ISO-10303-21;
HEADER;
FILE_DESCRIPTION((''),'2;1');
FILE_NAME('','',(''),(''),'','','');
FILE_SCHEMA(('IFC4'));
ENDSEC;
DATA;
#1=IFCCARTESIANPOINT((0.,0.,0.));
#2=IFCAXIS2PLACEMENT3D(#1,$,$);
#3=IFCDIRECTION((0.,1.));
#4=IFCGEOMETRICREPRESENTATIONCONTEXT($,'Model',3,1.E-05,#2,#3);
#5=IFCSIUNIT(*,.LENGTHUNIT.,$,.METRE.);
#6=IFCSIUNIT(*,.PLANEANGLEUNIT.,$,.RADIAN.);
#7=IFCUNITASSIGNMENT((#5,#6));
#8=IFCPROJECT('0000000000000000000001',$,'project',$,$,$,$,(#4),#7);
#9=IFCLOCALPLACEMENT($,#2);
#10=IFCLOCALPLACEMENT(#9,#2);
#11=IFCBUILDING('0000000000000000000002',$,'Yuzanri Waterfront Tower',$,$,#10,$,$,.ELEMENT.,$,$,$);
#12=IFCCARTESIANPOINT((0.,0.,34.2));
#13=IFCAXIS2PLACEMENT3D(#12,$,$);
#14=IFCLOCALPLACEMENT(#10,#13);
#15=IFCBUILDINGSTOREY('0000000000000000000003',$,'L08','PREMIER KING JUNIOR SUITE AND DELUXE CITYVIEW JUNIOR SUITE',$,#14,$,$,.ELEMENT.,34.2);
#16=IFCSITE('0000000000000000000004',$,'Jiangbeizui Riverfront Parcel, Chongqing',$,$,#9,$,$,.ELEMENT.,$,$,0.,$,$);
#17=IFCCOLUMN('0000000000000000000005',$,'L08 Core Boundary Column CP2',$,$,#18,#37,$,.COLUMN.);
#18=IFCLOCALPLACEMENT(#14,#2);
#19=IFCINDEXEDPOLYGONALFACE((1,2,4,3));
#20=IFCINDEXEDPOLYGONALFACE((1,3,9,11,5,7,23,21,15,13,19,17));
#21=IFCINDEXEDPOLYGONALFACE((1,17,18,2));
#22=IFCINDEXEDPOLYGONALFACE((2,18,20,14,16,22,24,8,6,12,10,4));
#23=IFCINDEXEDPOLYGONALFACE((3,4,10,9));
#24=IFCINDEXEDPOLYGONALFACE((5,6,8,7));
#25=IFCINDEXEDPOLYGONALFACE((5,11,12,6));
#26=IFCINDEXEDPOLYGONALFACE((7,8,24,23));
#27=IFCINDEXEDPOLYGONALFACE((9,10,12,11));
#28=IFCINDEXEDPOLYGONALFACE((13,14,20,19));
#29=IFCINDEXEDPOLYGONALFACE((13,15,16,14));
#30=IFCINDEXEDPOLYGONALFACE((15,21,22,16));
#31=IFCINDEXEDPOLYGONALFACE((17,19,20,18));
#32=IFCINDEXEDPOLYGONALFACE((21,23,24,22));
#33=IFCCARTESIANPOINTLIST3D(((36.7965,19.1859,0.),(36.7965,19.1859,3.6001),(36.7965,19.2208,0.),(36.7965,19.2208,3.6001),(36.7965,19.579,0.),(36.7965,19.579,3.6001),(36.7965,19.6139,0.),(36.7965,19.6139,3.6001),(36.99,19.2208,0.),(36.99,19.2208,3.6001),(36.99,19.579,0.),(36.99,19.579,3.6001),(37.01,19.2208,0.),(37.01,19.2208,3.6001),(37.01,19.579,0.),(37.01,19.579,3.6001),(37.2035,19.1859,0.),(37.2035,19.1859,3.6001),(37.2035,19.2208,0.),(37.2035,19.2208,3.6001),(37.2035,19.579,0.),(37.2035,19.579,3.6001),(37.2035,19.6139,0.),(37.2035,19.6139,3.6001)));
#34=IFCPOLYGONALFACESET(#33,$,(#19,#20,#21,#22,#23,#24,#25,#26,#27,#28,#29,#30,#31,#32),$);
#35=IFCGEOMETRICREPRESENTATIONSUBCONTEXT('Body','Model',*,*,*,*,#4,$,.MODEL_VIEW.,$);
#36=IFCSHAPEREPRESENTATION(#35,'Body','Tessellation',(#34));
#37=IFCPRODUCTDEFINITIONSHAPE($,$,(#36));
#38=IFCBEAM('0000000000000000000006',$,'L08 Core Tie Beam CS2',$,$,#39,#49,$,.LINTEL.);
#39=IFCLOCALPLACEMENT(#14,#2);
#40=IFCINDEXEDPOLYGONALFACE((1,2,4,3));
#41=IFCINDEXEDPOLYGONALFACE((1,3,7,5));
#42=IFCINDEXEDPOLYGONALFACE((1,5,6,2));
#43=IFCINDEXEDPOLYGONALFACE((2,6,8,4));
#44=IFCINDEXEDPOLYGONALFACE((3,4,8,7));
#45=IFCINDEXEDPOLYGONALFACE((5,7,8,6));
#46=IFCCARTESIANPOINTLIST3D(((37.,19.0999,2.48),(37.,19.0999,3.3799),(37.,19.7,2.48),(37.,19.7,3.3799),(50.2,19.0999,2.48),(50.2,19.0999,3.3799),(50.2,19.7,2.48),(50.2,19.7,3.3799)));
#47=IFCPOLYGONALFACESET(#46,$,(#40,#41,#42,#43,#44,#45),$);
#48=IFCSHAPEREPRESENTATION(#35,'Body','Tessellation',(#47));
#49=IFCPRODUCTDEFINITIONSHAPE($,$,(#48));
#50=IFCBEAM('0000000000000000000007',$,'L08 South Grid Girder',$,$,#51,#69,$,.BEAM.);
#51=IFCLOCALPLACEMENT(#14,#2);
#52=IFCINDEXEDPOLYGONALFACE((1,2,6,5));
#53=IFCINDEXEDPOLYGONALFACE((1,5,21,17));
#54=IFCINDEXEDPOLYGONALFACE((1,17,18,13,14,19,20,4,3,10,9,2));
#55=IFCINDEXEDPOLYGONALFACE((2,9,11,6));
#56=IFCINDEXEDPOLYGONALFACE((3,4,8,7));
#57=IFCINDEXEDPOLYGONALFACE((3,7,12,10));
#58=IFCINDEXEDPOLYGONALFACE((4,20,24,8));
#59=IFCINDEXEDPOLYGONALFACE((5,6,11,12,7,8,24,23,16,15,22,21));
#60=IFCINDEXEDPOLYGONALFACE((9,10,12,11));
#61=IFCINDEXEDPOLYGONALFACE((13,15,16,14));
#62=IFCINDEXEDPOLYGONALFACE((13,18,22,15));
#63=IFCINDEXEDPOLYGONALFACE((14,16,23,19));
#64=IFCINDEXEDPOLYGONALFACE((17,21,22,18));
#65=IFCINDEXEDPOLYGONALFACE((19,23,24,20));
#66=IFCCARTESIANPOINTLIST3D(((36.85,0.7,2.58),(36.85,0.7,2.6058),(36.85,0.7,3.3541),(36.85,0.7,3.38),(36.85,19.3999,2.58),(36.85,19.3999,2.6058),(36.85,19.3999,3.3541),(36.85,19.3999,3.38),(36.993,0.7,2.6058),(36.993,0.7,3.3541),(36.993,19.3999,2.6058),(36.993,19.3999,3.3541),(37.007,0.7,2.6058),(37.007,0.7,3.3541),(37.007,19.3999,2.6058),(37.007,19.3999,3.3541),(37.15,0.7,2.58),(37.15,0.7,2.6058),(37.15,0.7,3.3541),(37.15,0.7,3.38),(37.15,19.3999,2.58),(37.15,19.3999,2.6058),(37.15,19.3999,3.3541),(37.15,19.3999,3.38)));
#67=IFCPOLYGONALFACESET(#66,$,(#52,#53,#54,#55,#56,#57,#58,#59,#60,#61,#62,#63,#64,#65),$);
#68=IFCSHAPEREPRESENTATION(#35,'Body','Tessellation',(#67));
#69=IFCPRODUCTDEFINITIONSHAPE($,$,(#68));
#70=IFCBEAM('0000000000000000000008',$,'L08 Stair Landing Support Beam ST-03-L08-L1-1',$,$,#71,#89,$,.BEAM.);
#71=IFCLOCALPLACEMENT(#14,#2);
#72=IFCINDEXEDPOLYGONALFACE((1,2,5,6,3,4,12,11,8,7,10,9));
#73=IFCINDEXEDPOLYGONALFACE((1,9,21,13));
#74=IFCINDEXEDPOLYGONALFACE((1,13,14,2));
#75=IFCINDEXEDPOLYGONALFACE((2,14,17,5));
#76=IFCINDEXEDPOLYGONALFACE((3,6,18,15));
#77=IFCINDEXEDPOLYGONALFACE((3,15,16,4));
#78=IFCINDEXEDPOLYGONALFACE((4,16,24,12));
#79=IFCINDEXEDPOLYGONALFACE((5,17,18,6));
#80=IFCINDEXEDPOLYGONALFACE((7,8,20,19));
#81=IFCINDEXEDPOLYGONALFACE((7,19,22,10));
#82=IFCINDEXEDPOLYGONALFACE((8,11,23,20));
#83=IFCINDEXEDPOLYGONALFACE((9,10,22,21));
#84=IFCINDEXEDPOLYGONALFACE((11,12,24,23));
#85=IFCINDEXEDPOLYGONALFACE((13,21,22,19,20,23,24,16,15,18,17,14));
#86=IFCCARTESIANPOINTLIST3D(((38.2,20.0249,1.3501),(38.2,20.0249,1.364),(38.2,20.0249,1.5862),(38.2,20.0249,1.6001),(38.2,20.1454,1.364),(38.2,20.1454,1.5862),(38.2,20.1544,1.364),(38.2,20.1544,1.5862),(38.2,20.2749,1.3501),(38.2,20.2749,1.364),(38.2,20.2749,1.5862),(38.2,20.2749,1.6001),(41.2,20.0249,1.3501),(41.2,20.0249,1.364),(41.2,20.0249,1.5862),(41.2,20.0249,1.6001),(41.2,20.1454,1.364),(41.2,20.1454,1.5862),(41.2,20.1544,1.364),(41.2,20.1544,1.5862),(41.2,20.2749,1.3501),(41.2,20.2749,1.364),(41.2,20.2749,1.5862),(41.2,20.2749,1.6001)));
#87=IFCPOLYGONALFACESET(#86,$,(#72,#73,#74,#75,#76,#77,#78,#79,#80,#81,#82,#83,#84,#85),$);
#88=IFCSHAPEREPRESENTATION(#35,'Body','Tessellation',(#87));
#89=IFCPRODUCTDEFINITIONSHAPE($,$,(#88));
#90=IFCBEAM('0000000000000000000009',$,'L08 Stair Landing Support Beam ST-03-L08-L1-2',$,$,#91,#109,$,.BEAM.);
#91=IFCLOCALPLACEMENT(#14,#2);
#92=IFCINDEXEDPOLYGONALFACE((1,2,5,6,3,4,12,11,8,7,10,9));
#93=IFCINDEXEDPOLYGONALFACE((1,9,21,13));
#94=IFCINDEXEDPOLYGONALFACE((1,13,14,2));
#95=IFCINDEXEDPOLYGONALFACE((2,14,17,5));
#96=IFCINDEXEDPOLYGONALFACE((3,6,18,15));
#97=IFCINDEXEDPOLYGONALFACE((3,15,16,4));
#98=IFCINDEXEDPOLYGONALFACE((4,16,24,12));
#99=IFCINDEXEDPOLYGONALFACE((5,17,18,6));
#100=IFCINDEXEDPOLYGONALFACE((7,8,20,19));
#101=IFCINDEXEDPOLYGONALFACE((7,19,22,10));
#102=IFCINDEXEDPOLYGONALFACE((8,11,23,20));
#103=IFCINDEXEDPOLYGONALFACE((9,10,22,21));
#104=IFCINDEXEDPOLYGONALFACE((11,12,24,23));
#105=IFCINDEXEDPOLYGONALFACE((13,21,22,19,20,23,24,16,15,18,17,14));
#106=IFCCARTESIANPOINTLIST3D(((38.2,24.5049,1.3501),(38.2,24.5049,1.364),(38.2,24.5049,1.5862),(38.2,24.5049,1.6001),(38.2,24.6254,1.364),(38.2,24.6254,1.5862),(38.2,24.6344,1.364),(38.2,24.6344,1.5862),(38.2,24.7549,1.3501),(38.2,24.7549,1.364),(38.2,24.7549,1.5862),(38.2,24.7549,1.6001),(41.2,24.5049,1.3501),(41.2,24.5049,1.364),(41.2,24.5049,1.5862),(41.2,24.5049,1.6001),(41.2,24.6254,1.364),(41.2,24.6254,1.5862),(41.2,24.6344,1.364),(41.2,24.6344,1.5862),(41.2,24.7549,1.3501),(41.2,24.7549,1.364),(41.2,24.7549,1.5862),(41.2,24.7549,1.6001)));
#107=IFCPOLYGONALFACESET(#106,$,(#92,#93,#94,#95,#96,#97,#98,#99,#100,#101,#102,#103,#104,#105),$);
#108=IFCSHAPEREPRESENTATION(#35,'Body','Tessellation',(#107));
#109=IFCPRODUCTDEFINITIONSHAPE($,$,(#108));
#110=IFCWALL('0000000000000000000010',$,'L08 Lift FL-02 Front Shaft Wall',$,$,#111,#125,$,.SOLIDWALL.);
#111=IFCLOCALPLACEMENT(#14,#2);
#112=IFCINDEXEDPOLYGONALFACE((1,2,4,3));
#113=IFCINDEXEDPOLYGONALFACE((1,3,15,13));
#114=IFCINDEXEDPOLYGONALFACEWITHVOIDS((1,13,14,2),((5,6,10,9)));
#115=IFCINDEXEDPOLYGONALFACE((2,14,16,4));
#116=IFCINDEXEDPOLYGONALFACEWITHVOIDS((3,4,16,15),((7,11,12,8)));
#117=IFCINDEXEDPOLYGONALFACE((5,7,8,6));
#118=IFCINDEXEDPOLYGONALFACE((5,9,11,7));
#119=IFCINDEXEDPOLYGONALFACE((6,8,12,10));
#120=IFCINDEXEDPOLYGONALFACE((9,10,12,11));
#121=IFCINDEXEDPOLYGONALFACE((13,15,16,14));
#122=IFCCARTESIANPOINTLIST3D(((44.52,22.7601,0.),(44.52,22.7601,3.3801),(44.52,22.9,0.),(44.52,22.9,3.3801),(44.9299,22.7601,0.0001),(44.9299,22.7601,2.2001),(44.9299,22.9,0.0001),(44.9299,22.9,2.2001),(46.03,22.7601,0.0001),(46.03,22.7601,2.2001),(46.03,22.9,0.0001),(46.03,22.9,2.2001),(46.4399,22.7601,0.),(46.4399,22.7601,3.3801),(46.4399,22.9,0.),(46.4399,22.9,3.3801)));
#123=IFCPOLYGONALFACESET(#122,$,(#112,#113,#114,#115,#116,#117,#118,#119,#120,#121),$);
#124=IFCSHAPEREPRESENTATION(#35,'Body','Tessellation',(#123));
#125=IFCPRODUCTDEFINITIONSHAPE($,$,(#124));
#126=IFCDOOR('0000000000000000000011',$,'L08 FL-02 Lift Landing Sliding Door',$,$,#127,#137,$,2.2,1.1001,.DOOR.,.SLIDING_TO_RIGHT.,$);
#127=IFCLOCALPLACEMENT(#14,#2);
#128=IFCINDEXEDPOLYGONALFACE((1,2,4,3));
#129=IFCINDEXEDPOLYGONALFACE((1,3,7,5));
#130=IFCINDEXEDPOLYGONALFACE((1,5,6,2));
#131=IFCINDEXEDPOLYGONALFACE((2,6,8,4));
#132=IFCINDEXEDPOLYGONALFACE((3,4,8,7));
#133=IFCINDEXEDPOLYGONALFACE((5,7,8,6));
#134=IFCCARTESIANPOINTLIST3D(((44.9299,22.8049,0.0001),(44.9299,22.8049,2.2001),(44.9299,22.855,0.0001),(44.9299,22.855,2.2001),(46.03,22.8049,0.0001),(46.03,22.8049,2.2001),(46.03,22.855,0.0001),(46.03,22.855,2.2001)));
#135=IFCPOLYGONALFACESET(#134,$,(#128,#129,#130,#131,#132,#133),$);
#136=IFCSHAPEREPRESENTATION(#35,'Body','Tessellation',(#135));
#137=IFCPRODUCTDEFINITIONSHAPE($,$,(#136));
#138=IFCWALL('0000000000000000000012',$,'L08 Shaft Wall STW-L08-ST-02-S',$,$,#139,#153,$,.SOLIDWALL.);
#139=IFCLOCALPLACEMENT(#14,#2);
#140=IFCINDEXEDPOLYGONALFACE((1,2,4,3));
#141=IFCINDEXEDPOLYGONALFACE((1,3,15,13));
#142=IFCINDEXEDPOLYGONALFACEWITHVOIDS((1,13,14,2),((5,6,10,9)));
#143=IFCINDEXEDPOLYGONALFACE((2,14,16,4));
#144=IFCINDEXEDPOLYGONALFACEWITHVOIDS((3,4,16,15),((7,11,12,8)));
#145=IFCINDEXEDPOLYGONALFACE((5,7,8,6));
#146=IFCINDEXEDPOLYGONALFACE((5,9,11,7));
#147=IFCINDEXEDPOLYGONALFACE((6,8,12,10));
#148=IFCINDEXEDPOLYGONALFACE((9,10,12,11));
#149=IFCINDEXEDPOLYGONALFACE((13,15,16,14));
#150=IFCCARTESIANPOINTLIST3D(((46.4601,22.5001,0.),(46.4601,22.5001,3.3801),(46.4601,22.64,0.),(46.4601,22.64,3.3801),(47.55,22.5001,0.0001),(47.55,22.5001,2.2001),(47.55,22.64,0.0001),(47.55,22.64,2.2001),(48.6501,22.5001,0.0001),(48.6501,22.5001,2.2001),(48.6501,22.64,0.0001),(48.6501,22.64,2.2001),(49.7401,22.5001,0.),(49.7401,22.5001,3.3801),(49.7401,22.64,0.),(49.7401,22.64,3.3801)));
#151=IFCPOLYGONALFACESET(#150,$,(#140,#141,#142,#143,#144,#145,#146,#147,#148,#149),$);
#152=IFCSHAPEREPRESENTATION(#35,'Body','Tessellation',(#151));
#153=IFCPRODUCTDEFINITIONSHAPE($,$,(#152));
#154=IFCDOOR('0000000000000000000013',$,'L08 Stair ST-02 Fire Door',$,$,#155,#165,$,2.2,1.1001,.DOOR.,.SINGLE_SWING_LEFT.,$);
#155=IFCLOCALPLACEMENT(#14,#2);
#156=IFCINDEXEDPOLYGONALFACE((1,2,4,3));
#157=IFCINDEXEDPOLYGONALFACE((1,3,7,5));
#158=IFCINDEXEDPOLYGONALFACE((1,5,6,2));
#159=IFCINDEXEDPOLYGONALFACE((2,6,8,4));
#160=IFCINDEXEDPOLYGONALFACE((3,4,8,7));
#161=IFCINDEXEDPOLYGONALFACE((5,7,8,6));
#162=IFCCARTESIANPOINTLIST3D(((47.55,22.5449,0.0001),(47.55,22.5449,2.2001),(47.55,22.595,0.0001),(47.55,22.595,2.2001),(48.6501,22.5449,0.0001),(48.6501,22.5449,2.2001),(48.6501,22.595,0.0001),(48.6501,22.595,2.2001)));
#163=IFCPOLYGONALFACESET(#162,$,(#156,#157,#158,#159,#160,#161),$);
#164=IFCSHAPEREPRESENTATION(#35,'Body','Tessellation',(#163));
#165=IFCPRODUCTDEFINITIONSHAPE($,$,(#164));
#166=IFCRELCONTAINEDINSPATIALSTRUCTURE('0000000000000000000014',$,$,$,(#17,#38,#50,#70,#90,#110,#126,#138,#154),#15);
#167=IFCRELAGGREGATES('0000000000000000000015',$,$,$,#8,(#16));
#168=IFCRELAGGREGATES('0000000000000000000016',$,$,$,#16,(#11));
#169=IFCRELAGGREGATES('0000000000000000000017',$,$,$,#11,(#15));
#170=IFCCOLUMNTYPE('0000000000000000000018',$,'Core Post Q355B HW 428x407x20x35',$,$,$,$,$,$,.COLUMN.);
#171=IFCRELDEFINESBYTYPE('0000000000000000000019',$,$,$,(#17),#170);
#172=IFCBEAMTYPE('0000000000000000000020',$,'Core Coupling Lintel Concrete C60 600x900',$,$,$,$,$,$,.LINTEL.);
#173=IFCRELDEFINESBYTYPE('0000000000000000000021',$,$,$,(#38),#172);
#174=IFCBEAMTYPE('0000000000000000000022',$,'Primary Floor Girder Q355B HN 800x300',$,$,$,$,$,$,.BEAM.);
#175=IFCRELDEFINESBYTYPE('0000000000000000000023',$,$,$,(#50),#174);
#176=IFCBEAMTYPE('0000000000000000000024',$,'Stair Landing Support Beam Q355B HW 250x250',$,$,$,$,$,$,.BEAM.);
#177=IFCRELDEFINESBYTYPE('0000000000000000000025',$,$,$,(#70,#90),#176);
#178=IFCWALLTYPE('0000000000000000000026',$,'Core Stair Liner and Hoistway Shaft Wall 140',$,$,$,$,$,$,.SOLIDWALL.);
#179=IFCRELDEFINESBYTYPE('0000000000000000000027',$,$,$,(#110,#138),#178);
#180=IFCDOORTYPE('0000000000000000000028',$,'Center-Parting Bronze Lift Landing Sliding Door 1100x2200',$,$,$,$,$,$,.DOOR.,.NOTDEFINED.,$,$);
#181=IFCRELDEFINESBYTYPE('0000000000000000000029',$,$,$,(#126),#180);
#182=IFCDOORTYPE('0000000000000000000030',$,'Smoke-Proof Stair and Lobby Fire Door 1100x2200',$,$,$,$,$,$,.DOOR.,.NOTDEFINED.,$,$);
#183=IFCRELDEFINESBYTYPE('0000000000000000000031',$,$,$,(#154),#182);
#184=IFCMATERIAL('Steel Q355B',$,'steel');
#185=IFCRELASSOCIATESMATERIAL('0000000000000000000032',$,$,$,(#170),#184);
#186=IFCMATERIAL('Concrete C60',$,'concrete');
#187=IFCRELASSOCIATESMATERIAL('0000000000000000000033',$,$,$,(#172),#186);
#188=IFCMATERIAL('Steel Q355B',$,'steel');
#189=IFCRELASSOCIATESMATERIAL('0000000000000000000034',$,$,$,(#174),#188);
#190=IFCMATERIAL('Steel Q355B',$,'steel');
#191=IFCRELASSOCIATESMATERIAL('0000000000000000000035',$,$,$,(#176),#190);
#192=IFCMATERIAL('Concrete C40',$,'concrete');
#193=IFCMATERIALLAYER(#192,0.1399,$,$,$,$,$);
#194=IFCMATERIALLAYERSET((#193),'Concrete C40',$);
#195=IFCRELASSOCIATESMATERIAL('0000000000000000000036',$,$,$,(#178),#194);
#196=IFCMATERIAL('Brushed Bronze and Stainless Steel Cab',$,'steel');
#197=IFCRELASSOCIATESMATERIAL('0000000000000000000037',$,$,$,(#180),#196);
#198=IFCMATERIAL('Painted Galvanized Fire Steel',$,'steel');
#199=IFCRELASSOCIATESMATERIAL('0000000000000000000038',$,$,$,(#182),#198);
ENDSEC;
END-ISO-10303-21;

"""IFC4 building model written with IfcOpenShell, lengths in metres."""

from ifc_helpers import new_model, si_unit, direction, frame, frame_2d, origin, origin_2d, place, context, subcontext, project, spatial, rectangle, i_section, extrude, source, transform, mapped, material, layer, layer_set, material_profile, profile_set, type_object, element, fill, save


model = new_model("IFC4")

# Units and contexts
model_context = context("Model", 3, precision=1e-05, world=origin(), true_north=direction((0.0, 1.0)))
body_context = subcontext(model_context, "Body", "Model", "MODEL_VIEW")
ifc_project = project(units=[si_unit("LENGTHUNIT", "METRE"), si_unit("PLANEANGLEUNIT", "RADIAN")], contexts=[model_context])

# Site, building, storey
site_placement = place(None, origin())
site = spatial("IfcSite", under=ifc_project, at=site_placement, Name="Jiangbeizui Riverfront Parcel, Chongqing", CompositionType="ELEMENT", RefElevation=0.0)
building_placement = place(site_placement, origin())
building = spatial("IfcBuilding", under=site, at=building_placement, Name="Yuzanri Waterfront Tower", CompositionType="ELEMENT")
storey_placement = place(building_placement, frame((0.0, 0.0, 34.2)))
storey = spatial("IfcBuildingStorey", under=building, at=storey_placement, Name="L08", Description="PREMIER KING JUNIOR SUITE AND DELUXE CITYVIEW JUNIOR SUITE", CompositionType="ELEMENT", Elevation=34.2)

# Column
ifc_material_1 = material(Name="Steel Q355B", Category="steel")
ifc_material_profile_1 = material_profile(ifc_material_1, i_section(OverallWidth=0.407, OverallDepth=0.428, WebThickness=0.02, FlangeThickness=0.0349, at=origin_2d()), Name="HW 428x407x20x35")
ifc_profile_set_1 = profile_set([ifc_material_profile_1], Name="Steel Q355B")
column_type = type_object("IfcColumnType", Name="Core Post Q355B HW 428x407x20x35", PredefinedType="COLUMN", material=ifc_profile_set_1)
shared_shape_1 = source(origin(), body_context, "Body", "SweptSolid", [
    extrude(i_section(OverallWidth=0.407, OverallDepth=0.428, WebThickness=0.02, FlangeThickness=0.0349, at=origin_2d()), origin(), (0.0, 0.0, 1.0), 3.6001),
])
column_placement = place(storey_placement, frame((37.0, 19.3999, 0.0), z_axis=(0.0, 0.0, 1.0), x_axis=(1.0, 0.0, 0.0)))
element("IfcColumn", 1, at=column_placement, inside=storey, type_object=column_type, Name="L08 Core Boundary Column CP2", PredefinedType="COLUMN", context=body_context, shape_type="MappedRepresentation", body=[
    mapped(shared_shape_1, transform((0.0, 0.0, 0.0), scale=1.0)),
])

# Beams
ifc_material_2 = material(Name="Concrete C60", Category="concrete")
ifc_material_profile_2 = material_profile(ifc_material_2, rectangle(XDim=0.6001, YDim=0.8999, at=origin_2d()), Name="RC 600x900")
ifc_profile_set_2 = profile_set([ifc_material_profile_2], Name="Concrete C60")
beam_type_1 = type_object("IfcBeamType", Name="Core Coupling Lintel Concrete C60 600x900", PredefinedType="LINTEL", material=ifc_profile_set_2)
shared_shape_2 = source(origin(), body_context, "Body", "SweptSolid", [
    extrude(rectangle(XDim=0.6001, YDim=0.8999, at=origin_2d()), origin(), (0.0, 0.0, 1.0), 13.2),
])
beam_1_placement = place(storey_placement, frame((37.0, 19.3999, 2.9299), z_axis=(1.0, 0.0, 0.0), x_axis=(0.0, 1.0, 0.0)))
element("IfcBeam", 2, at=beam_1_placement, inside=storey, type_object=beam_type_1, Name="L08 Core Tie Beam CS2", PredefinedType="LINTEL", context=body_context, shape_type="MappedRepresentation", body=[
    mapped(shared_shape_2, transform((0.0, 0.0, 0.0), scale=1.0)),
])
ifc_material_3 = material(Name="Steel Q355B", Category="steel")
ifc_material_profile_3 = material_profile(ifc_material_3, i_section(OverallWidth=0.3, OverallDepth=0.8, WebThickness=0.0139, FlangeThickness=0.0259, at=origin_2d()), Name="HN 800x300x14x26")
ifc_profile_set_3 = profile_set([ifc_material_profile_3], Name="Steel Q355B")
beam_type_2 = type_object("IfcBeamType", Name="Primary Floor Girder Q355B HN 800x300", PredefinedType="BEAM", material=ifc_profile_set_3)
shared_shape_3 = source(origin(), body_context, "Body", "SweptSolid", [
    extrude(i_section(OverallWidth=0.3, OverallDepth=0.8, WebThickness=0.0139, FlangeThickness=0.0259, at=origin_2d()), origin(), (0.0, 0.0, 1.0), 18.7),
])
beam_2_placement = place(storey_placement, frame((37.0, 19.3999, 2.98), z_axis=(0.0, -1.0, 0.0), x_axis=(1.0, 0.0, 0.0)))
element("IfcBeam", 3, at=beam_2_placement, inside=storey, type_object=beam_type_2, Name="L08 South Grid Girder", PredefinedType="BEAM", context=body_context, shape_type="MappedRepresentation", body=[
    mapped(shared_shape_3, transform((0.0, 0.0, 0.0), scale=1.0)),
])
ifc_material_4 = material(Name="Steel Q355B", Category="steel")
ifc_material_profile_4 = material_profile(ifc_material_4, i_section(OverallWidth=0.25, OverallDepth=0.25, WebThickness=0.009, FlangeThickness=0.0139, at=origin_2d()), Name="HW 250x250x9x14")
ifc_profile_set_4 = profile_set([ifc_material_profile_4], Name="Steel Q355B")
beam_type_3 = type_object("IfcBeamType", Name="Stair Landing Support Beam Q355B HW 250x250", PredefinedType="BEAM", material=ifc_profile_set_4)
shared_shape_4 = source(origin(), body_context, "Body", "SweptSolid", [
    extrude(i_section(OverallWidth=0.25, OverallDepth=0.25, WebThickness=0.009, FlangeThickness=0.0139, at=origin_2d()), origin(), (0.0, 0.0, 1.0), 3.0),
])
for number, where, z_axis, x_axis, name in (
    (4, (38.2, 20.1499, 1.4751), (1.0, 0.0, 0.0), (0.0, 1.0, 0.0), "L08 Stair Landing Support Beam ST-03-L08-L1-1"),
    (5, (38.2, 24.6299, 1.4751), (1.0, 0.0, 0.0), (0.0, 1.0, 0.0), "L08 Stair Landing Support Beam ST-03-L08-L1-2"),
):
    element("IfcBeam", number, at=place(storey_placement, frame(where, z_axis=z_axis, x_axis=x_axis)), inside=storey, type_object=beam_type_3, Name=name, PredefinedType="BEAM", context=body_context, shape_type="MappedRepresentation", body=[
        mapped(shared_shape_4, transform((0.0, 0.0, 0.0), scale=1.0)),
    ])

# Walls, openings, doors
ifc_material_5 = material(Name="Concrete C40", Category="concrete")
ifc_layer_1 = layer(ifc_material_5, 0.1399)
ifc_layer_set_1 = layer_set([ifc_layer_1], Name="Concrete C40")
wall_type_1 = type_object("IfcWallType", Name="Core Stair Liner and Hoistway Shaft Wall 140", PredefinedType="SOLIDWALL", material=ifc_layer_set_1)
wall_1_placement = place(storey_placement, frame((44.52, 22.8301, 0.0), z_axis=(0.0, 0.0, 1.0), x_axis=(1.0, 0.0, 0.0)))
wall_1 = element("IfcWall", 6, at=wall_1_placement, inside=storey, type_object=wall_type_1, Name="L08 Lift FL-02 Front Shaft Wall", PredefinedType="SOLIDWALL", context=body_context, shape_type="SweptSolid", body=[
    extrude(rectangle(XDim=1.9199, YDim=0.1399, at=frame_2d((0.96, 0.0))), origin(), (0.0, 0.0, 1.0), 3.3801),
])
opening_1_placement = place(wall_1_placement, frame((0.4099, 0.0, 0.0)))
opening_1 = element("IfcOpeningElement", 7, at=opening_1_placement, cuts=wall_1, PredefinedType="OPENING", context=body_context, shape_type="SweptSolid", body=[
    extrude(rectangle(XDim=1.1001, YDim=2.2, at=frame_2d((0.55, 1.1001))), frame((0.0, 0.085, 0.0), z_axis=(0.0, -1.0, 0.0), x_axis=(1.0, 0.0, 0.0)), (0.0, 0.0, 1.0), 0.1697),
])
ifc_material_6 = material(Name="Brushed Bronze and Stainless Steel Cab", Category="steel")
door_type_1 = type_object("IfcDoorType", Name="Center-Parting Bronze Lift Landing Sliding Door 1100x2200", OperationType="NOTDEFINED", PredefinedType="DOOR", material=ifc_material_6)
shared_shape_5 = source(origin(), body_context, "Body", "SweptSolid", [
    extrude(rectangle(XDim=1.1001, YDim=2.2, at=frame_2d((0.55, 1.1001))), frame((0.0, 0.0249, 0.0), z_axis=(0.0, -1.0, 0.0), x_axis=(1.0, 0.0, 0.0)), (0.0, 0.0, 1.0), 0.05),
])
door_1_placement = place(opening_1_placement, origin())
door_1 = element("IfcDoor", 8, at=door_1_placement, inside=storey, type_object=door_type_1, Name="L08 FL-02 Lift Landing Sliding Door", OperationType="SLIDING_TO_RIGHT", OverallHeight=2.2, OverallWidth=1.1001, PredefinedType="DOOR", context=body_context, shape_type="MappedRepresentation", body=[
    mapped(shared_shape_5, transform((0.0, 0.0, 0.0), scale=1.0)),
])
fill(opening_1, door_1)
wall_2_placement = place(storey_placement, frame((46.46, 22.5701, 0.0), z_axis=(0.0, 0.0, 1.0), x_axis=(1.0, 0.0, 0.0)))
wall_2 = element("IfcWall", 9, at=wall_2_placement, inside=storey, type_object=wall_type_1, Name="L08 Shaft Wall STW-L08-ST-02-S", PredefinedType="SOLIDWALL", context=body_context, shape_type="SweptSolid", body=[
    extrude(rectangle(XDim=3.28, YDim=0.1399, at=frame_2d((1.6401, 0.0))), origin(), (0.0, 0.0, 1.0), 3.3801),
])
opening_2_placement = place(wall_2_placement, frame((1.0901, 0.0, 0.0)))
opening_2 = element("IfcOpeningElement", 10, at=opening_2_placement, cuts=wall_2, PredefinedType="OPENING", context=body_context, shape_type="SweptSolid", body=[
    extrude(rectangle(XDim=1.1001, YDim=2.2, at=frame_2d((0.55, 1.1001))), frame((0.0, 0.085, 0.0), z_axis=(0.0, -1.0, 0.0), x_axis=(1.0, 0.0, 0.0)), (0.0, 0.0, 1.0), 0.1697),
])
ifc_material_7 = material(Name="Painted Galvanized Fire Steel", Category="steel")
door_type_2 = type_object("IfcDoorType", Name="Smoke-Proof Stair and Lobby Fire Door 1100x2200", OperationType="NOTDEFINED", PredefinedType="DOOR", material=ifc_material_7)
shared_shape_6 = source(origin(), body_context, "Body", "SweptSolid", [
    extrude(rectangle(XDim=1.1001, YDim=2.2, at=frame_2d((0.55, 1.1001))), frame((0.0, 0.0249, 0.0), z_axis=(0.0, -1.0, 0.0), x_axis=(1.0, 0.0, 0.0)), (0.0, 0.0, 1.0), 0.05),
])
door_2_placement = place(opening_2_placement, origin())
door_2 = element("IfcDoor", 11, at=door_2_placement, inside=storey, type_object=door_type_2, Name="L08 Stair ST-02 Fire Door", OperationType="SINGLE_SWING_LEFT", OverallHeight=2.2, OverallWidth=1.1001, PredefinedType="DOOR", context=body_context, shape_type="MappedRepresentation", body=[
    mapped(shared_shape_6, transform((0.0, 0.0, 0.0), scale=1.0)),
])
fill(opening_2, door_2)

save(model, "model.ifc")
